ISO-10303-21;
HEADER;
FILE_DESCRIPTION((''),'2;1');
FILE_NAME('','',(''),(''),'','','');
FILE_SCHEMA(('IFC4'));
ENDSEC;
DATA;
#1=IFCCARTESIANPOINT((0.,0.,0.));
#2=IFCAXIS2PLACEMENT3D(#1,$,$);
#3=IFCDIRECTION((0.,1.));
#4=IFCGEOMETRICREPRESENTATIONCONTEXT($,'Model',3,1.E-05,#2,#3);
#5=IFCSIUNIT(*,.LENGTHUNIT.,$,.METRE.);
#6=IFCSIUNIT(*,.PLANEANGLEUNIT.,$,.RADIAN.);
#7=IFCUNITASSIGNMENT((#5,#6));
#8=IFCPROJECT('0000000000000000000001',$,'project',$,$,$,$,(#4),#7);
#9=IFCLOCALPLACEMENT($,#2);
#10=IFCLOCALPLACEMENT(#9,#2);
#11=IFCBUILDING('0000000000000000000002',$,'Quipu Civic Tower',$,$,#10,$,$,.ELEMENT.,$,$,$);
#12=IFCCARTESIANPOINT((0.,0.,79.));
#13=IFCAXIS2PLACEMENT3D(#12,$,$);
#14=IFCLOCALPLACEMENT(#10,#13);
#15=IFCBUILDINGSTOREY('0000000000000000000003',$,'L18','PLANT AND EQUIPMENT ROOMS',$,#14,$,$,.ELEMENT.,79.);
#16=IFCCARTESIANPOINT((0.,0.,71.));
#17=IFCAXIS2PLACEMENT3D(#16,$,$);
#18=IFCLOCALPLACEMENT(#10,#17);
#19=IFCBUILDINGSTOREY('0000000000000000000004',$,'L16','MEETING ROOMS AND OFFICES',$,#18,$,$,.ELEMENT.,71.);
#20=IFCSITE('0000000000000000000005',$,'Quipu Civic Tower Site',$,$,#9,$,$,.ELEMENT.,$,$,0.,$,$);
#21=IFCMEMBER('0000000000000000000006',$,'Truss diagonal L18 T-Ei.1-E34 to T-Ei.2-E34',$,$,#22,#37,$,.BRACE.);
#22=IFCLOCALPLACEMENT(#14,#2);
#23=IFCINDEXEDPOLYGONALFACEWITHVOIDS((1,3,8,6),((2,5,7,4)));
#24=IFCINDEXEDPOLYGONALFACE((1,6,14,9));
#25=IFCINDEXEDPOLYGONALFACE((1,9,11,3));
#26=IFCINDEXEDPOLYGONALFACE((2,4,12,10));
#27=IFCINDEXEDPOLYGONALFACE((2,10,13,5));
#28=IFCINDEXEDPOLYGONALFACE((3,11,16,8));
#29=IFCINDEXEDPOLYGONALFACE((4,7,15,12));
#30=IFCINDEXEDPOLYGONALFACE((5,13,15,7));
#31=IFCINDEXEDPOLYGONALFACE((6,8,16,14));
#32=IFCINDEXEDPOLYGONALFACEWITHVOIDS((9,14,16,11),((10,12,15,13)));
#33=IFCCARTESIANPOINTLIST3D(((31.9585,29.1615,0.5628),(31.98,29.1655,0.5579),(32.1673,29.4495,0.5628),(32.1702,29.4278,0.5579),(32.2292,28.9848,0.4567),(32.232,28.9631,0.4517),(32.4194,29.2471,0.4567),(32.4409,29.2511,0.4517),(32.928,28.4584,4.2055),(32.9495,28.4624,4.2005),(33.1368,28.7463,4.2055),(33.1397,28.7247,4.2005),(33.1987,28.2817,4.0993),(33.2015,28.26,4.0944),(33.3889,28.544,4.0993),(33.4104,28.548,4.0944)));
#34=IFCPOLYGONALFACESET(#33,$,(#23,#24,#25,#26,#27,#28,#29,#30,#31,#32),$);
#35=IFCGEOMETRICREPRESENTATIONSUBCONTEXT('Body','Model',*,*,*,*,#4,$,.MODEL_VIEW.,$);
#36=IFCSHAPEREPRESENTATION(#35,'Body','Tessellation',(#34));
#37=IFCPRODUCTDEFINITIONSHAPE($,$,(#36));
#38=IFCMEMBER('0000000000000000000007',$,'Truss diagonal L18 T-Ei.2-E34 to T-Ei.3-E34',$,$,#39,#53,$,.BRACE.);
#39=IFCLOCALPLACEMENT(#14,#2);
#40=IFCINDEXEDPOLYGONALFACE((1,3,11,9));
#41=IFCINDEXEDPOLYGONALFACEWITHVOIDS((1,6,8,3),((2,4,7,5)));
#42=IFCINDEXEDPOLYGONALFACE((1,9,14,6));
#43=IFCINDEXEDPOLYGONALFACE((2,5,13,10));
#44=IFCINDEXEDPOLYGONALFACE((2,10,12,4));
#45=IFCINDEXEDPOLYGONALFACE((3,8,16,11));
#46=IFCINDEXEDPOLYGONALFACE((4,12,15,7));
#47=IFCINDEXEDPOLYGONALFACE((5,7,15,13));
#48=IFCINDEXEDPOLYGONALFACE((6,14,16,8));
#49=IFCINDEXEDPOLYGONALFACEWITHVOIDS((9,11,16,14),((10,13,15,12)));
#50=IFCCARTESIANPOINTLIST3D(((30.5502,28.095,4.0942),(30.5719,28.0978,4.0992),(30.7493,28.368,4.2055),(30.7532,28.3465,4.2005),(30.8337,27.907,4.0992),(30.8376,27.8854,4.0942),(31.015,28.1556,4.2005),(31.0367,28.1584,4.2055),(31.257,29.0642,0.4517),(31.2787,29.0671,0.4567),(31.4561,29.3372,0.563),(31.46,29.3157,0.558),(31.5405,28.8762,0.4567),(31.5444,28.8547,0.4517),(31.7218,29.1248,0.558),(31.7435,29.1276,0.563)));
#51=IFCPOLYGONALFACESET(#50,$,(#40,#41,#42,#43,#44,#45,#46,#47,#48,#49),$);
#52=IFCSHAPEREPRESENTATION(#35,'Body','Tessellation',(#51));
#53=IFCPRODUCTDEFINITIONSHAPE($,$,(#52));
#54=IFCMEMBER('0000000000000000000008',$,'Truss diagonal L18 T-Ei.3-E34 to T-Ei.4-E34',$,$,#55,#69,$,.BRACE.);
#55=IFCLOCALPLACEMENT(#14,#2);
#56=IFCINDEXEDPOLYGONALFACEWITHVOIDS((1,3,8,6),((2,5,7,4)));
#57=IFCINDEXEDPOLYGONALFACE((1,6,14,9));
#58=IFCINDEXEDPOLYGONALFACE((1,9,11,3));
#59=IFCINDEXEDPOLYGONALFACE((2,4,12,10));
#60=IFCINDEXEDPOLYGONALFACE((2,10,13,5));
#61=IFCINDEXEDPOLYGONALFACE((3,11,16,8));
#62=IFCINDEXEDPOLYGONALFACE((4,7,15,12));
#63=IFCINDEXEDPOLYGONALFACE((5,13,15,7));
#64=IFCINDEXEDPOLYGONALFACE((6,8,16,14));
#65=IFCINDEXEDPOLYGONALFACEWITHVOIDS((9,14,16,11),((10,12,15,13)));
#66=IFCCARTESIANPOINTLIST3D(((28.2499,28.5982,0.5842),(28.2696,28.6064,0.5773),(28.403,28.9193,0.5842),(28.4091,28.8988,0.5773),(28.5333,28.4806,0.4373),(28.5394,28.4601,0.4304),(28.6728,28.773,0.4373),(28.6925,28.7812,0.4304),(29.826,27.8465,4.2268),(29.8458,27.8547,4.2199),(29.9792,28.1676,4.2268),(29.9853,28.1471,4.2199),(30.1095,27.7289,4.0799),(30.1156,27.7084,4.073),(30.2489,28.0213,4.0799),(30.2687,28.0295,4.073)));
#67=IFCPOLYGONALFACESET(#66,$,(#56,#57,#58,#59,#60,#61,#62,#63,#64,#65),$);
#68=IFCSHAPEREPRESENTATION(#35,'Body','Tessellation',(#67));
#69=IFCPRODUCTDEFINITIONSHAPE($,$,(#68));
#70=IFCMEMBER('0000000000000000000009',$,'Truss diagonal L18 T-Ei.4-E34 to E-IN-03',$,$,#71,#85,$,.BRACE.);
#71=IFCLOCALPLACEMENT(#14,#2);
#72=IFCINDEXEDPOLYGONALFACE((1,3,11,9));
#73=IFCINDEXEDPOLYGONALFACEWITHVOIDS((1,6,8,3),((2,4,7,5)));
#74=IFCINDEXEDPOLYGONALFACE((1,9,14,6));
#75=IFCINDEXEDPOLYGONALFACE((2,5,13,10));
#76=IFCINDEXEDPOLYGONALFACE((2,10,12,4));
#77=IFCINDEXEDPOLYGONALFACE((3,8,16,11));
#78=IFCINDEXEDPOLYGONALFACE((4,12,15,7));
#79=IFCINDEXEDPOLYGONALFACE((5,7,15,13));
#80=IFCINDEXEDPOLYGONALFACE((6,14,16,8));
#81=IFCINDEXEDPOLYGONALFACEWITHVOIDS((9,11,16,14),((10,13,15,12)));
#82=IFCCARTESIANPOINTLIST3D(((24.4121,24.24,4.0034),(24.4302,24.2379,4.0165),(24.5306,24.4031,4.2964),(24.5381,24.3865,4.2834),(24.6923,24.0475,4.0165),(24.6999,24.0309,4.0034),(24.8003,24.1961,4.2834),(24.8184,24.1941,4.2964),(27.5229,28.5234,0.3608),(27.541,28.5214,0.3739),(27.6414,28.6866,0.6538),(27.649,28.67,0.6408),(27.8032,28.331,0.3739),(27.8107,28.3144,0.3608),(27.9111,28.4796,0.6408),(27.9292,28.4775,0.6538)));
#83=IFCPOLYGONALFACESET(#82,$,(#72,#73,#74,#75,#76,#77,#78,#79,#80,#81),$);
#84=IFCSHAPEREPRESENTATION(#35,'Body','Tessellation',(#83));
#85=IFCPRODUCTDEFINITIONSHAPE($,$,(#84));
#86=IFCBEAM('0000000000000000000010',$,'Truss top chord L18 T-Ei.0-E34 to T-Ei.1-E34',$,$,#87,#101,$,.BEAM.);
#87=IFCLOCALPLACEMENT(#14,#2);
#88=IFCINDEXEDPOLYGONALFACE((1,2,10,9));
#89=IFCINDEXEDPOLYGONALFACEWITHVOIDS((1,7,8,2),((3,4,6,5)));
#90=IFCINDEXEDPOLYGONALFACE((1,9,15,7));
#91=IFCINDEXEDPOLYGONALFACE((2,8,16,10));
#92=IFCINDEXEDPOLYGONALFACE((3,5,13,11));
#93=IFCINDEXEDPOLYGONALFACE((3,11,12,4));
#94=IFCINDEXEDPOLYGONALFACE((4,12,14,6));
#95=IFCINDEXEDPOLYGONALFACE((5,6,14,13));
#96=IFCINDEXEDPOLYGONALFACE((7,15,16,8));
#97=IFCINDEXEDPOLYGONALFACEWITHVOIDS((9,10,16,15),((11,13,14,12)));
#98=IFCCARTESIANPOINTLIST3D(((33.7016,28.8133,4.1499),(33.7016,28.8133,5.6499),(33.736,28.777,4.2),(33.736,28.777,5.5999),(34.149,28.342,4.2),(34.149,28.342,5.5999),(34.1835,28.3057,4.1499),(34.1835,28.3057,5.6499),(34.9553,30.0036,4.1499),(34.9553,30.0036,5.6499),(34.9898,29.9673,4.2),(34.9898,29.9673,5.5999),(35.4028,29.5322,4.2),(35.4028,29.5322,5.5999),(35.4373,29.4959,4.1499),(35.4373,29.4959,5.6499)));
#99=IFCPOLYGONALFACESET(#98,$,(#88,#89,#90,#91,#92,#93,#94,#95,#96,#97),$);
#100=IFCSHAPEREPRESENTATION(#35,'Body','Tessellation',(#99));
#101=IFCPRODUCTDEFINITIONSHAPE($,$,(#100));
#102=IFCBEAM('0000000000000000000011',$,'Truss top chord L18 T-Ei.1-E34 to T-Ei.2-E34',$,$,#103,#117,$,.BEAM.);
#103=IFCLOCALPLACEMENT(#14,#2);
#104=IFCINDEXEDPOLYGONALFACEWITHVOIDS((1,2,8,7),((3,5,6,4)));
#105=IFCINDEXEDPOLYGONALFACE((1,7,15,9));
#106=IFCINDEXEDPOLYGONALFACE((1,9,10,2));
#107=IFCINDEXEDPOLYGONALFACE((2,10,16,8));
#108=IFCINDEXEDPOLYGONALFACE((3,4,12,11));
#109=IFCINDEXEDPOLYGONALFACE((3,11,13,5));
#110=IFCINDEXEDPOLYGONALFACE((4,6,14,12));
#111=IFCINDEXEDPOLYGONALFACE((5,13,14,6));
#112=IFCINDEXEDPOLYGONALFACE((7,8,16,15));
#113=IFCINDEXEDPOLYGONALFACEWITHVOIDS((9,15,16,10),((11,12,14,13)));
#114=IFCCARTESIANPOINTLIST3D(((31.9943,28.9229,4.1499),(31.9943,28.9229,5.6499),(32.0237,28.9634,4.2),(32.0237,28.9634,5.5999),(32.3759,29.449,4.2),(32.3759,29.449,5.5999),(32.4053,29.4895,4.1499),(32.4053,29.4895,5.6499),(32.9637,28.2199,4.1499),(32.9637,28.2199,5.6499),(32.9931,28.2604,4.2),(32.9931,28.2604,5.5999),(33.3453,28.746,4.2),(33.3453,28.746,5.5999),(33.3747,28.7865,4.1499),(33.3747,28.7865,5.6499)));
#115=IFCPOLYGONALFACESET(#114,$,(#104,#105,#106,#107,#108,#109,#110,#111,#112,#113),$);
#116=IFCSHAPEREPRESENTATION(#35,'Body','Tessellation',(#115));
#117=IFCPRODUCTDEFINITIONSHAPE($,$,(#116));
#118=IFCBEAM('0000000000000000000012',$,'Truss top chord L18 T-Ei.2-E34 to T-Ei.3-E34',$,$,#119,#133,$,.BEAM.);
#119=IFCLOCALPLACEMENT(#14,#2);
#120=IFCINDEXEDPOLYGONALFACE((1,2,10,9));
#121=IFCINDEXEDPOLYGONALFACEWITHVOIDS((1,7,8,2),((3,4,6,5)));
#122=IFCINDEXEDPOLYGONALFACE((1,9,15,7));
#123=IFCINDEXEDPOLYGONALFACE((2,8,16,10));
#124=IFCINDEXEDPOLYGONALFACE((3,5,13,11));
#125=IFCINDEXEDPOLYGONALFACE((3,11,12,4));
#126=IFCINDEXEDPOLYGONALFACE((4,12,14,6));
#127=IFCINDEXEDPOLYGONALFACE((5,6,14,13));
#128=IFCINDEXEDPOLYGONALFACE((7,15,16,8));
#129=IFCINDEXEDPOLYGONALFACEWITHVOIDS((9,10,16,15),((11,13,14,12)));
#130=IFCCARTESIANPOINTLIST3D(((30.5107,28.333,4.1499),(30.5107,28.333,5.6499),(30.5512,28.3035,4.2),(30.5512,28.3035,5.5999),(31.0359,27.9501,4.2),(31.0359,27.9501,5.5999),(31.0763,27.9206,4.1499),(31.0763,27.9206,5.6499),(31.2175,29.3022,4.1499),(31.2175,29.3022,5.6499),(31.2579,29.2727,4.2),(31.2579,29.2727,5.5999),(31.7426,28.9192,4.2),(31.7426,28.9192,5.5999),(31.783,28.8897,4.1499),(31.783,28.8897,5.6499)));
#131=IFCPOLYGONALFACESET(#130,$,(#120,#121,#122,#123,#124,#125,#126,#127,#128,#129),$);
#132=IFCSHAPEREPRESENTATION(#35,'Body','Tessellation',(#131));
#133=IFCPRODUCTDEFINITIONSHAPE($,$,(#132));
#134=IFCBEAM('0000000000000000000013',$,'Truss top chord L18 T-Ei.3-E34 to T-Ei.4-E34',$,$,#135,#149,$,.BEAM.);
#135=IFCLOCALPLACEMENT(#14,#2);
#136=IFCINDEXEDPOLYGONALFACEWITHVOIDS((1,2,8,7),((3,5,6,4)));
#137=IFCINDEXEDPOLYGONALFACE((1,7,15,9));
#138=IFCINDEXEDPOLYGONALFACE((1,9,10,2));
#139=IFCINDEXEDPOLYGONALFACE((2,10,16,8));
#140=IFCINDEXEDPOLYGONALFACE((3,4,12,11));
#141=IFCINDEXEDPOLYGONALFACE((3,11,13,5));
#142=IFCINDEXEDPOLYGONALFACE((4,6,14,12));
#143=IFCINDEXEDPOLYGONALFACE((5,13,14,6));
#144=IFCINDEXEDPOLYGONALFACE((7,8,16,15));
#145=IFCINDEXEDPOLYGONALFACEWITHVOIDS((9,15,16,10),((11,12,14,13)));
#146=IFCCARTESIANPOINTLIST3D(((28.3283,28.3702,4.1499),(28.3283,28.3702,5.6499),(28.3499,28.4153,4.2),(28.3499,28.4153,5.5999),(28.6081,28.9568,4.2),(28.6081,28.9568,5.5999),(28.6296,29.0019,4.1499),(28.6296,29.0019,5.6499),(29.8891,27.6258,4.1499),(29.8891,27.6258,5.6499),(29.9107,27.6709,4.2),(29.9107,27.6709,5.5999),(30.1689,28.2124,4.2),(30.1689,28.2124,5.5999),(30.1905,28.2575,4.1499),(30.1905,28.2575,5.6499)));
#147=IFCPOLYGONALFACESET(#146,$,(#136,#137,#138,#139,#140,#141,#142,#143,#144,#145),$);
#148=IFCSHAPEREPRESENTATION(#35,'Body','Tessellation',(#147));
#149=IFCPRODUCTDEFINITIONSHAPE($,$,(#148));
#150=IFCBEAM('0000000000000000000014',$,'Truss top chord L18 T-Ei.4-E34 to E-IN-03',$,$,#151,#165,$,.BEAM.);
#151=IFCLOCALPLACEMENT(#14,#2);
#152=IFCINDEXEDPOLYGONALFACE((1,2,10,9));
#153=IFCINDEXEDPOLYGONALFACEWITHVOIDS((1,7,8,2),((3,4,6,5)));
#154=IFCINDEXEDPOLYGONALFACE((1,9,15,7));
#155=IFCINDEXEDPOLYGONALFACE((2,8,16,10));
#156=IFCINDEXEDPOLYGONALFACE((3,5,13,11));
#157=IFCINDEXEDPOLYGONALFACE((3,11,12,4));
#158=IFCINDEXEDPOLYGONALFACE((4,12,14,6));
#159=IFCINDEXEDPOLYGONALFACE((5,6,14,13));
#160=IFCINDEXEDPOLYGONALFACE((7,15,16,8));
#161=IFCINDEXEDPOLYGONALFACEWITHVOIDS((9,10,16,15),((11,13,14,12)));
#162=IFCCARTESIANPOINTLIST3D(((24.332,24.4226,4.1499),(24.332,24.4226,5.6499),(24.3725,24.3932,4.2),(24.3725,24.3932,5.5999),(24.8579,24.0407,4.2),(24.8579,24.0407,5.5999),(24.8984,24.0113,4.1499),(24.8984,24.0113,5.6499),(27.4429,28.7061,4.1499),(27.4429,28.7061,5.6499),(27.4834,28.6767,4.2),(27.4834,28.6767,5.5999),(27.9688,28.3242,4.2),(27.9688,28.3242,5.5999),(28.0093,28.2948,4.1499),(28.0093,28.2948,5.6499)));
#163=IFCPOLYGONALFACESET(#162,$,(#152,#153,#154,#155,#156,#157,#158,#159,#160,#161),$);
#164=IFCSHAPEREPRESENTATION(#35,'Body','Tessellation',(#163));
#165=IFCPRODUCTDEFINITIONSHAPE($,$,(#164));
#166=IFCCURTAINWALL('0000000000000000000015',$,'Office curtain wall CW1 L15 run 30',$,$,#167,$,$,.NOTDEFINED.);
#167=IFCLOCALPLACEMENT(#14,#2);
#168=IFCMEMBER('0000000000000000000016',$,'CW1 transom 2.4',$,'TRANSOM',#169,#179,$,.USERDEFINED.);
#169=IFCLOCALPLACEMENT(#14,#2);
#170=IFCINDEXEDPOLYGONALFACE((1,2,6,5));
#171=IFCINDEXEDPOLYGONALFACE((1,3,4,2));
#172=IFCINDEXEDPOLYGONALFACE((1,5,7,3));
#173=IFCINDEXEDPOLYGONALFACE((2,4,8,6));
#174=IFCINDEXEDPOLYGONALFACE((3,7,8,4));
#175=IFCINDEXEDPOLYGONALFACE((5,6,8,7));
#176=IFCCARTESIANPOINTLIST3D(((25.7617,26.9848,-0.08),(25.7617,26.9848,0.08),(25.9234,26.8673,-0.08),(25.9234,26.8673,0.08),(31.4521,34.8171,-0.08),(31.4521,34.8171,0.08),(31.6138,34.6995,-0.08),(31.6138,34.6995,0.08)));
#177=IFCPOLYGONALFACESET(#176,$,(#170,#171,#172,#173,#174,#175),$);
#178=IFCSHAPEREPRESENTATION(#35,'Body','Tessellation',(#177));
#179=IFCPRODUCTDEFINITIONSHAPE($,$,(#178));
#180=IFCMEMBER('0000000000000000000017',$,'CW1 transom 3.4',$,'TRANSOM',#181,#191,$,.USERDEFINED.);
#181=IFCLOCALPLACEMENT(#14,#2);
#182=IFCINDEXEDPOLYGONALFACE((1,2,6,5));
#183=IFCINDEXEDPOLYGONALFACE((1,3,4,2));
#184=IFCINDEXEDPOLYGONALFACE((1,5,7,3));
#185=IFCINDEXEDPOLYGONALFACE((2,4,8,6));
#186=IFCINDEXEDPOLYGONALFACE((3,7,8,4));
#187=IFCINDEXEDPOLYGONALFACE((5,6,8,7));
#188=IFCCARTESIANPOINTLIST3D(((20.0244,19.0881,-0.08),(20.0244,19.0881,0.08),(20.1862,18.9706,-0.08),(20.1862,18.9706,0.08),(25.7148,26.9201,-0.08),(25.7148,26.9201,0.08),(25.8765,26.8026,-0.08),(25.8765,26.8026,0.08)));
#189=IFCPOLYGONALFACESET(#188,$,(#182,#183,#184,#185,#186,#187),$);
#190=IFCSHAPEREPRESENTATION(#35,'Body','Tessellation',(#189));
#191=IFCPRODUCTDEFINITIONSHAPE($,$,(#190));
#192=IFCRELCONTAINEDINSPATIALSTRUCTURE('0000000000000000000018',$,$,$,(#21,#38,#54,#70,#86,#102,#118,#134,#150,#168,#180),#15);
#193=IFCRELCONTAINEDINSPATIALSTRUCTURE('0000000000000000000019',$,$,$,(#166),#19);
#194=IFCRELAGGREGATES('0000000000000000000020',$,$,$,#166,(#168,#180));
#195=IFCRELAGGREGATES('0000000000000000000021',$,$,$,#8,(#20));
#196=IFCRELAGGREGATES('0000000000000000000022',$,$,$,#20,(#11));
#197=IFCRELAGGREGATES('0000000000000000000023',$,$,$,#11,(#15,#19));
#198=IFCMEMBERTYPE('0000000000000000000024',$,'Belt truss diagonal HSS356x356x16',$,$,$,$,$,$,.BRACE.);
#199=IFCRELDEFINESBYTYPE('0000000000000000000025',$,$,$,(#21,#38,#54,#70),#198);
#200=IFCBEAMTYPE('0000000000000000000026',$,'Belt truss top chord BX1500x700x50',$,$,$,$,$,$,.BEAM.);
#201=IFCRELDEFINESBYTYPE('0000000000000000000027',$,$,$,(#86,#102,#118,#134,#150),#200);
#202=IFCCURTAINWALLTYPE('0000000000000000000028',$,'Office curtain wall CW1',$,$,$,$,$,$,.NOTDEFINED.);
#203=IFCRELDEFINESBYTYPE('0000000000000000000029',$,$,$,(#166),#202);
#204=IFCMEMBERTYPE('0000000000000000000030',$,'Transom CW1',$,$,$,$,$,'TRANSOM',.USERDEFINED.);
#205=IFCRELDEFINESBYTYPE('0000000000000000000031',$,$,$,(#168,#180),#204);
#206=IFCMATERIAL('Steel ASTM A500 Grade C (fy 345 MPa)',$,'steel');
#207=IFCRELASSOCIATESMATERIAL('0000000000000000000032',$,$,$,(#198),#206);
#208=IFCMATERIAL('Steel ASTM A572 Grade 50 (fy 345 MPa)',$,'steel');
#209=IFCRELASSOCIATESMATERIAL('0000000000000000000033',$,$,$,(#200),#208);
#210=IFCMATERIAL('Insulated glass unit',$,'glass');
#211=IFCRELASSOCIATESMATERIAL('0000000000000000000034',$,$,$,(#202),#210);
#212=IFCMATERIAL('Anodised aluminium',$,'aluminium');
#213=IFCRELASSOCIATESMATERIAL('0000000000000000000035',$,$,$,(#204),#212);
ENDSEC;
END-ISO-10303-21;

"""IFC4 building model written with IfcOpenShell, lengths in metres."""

from ifc_helpers import new_model, si_unit, direction, frame, origin, origin_2d, place, context, subcontext, project, spatial, rectangle, hollow_rectangle, extrude, material, material_profile, profile_set, type_object, element, aggregate, save


model = new_model("IFC4")

# Units and contexts
model_context = context("Model", 3, precision=1e-05, world=origin(), true_north=direction((0.0, 1.0)))
body_context = subcontext(model_context, "Body", "Model", "MODEL_VIEW")
ifc_project = project(units=[si_unit("LENGTHUNIT", "METRE"), si_unit("PLANEANGLEUNIT", "RADIAN")], contexts=[model_context])

# Site, building, storey
site_placement = place(None, origin())
site = spatial("IfcSite", under=ifc_project, at=site_placement, Name="Quipu Civic Tower Site", CompositionType="ELEMENT", RefElevation=0.0)
building_placement = place(site_placement, origin())
building = spatial("IfcBuilding", under=site, at=building_placement, Name="Quipu Civic Tower", CompositionType="ELEMENT")
storey_1_placement = place(building_placement, frame((0.0, 0.0, 79.0)))
storey_1 = spatial("IfcBuildingStorey", under=building, at=storey_1_placement, Name="L18", Description="PLANT AND EQUIPMENT ROOMS", CompositionType="ELEMENT", Elevation=79.0)

# Members
ifc_material_1 = material(Name="Steel ASTM A500 Grade C (fy 345 MPa)", Category="steel")
ifc_material_profile_1 = material_profile(ifc_material_1, hollow_rectangle(XDim=0.3557, YDim=0.3557, WallThickness=0.0159, at=origin_2d()), Name="HSS356x356x16")
ifc_profile_set_1 = profile_set([ifc_material_profile_1], Name="Steel ASTM A500 Grade C (fy 345 MPa)")
member_type_1 = type_object("IfcMemberType", Name="Belt truss diagonal HSS356x356x16", PredefinedType="BRACE", material=ifc_profile_set_1)
member_1_placement = place(storey_1_placement, frame((33.1692, 28.5032, 4.1499), z_axis=(-0.252838, 0.183373, -0.949972), x_axis=(-0.587105, -0.809511, 0.0)))
element("IfcMember", 1, at=member_1_placement, inside=storey_1, type_object=member_type_1, Name="Truss diagonal L18 T-Ei.1-E34 to T-Ei.2-E34", PredefinedType="BRACE", context=body_context, shape_type="SweptSolid", body=[
    extrude(hollow_rectangle(XDim=0.3557, YDim=0.3557, WallThickness=0.0159, at=origin_2d()), origin(), (0.0, 0.0, 1.0), 3.8345),
])
member_2_placement = place(storey_1_placement, frame((31.5002, 29.0959, 0.5073), z_axis=(-0.184298, -0.252734, 0.949821), x_axis=(0.807987, -0.5892, 0.0)))
element("IfcMember", 2, at=member_2_placement, inside=storey_1, type_object=member_type_1, Name="Truss diagonal L18 T-Ei.2-E34 to T-Ei.3-E34", PredefinedType="BRACE", context=body_context, shape_type="SweptSolid", body=[
    extrude(hollow_rectangle(XDim=0.3557, YDim=0.3557, WallThickness=0.0159, at=origin_2d()), origin(), (0.0, 0.0, 1.0), 3.835),
])
member_3_placement = place(storey_1_placement, frame((30.0474, 27.938, 4.1499), z_axis=(-0.390187, 0.186088, -0.901734), x_axis=(-0.430471, -0.902605, 0.0)))
element("IfcMember", 3, at=member_3_placement, inside=storey_1, type_object=member_type_1, Name="Truss diagonal L18 T-Ei.3-E34 to T-Ei.4-E34", PredefinedType="BRACE", context=body_context, shape_type="SweptSolid", body=[
    extrude(hollow_rectangle(XDim=0.3557, YDim=0.3557, WallThickness=0.0159, at=origin_2d()), origin(), (0.0, 0.0, 1.0), 4.0396),
])
member_4_placement = place(storey_1_placement, frame((27.7261, 28.5005, 0.5073), z_axis=(-0.484101, -0.666579, 0.566849), x_axis=(0.809131, -0.587629, 0.0)))
element("IfcMember", 4, at=member_4_placement, inside=storey_1, type_object=member_type_1, Name="Truss diagonal L18 T-Ei.4-E34 to E-IN-03", PredefinedType="BRACE", context=body_context, shape_type="SweptSolid", body=[
    extrude(hollow_rectangle(XDim=0.3557, YDim=0.3557, WallThickness=0.0159, at=origin_2d()), origin(), (0.0, 0.0, 1.0), 6.426),
])

# Beams
ifc_material_2 = material(Name="Steel ASTM A572 Grade 50 (fy 345 MPa)", Category="steel")
ifc_material_profile_2 = material_profile(ifc_material_2, hollow_rectangle(XDim=0.7, YDim=1.5, WallThickness=0.05, at=origin_2d()), Name="BX1500x700x50")
ifc_profile_set_2 = profile_set([ifc_material_profile_2], Name="Steel ASTM A572 Grade 50 (fy 345 MPa)")
beam_type_1 = type_object("IfcBeamType", Name="Belt truss top chord BX1500x700x50", PredefinedType="BEAM", material=ifc_profile_set_2)
beam_1_placement = place(storey_1_placement, frame((35.1963, 29.7498, 4.8999), z_axis=(-0.725229, -0.688508, 0.0), x_axis=(0.688508, -0.725229, 0.0)))
element("IfcBeam", 5, at=beam_1_placement, inside=storey_1, type_object=beam_type_1, Name="Truss top chord L18 T-Ei.0-E34 to T-Ei.1-E34", PredefinedType="BEAM", context=body_context, shape_type="SweptSolid", body=[
    extrude(hollow_rectangle(XDim=0.7, YDim=1.5, WallThickness=0.05, at=origin_2d()), origin(), (0.0, 0.0, 1.0), 1.7288),
])
beam_2_placement = place(storey_1_placement, frame((33.1692, 28.5032, 4.8999), z_axis=(-0.809511, 0.587105, 0.0), x_axis=(-0.587105, -0.809511, 0.0)))
element("IfcBeam", 6, at=beam_2_placement, inside=storey_1, type_object=beam_type_1, Name="Truss top chord L18 T-Ei.1-E34 to T-Ei.2-E34", PredefinedType="BEAM", context=body_context, shape_type="SweptSolid", body=[
    extrude(hollow_rectangle(XDim=0.7, YDim=1.5, WallThickness=0.05, at=origin_2d()), origin(), (0.0, 0.0, 1.0), 1.1975),
])
beam_3_placement = place(storey_1_placement, frame((31.5002, 29.0959, 4.8999), z_axis=(-0.5892, -0.807987, 0.0), x_axis=(0.807987, -0.5892, 0.0)))
element("IfcBeam", 7, at=beam_3_placement, inside=storey_1, type_object=beam_type_1, Name="Truss top chord L18 T-Ei.2-E34 to T-Ei.3-E34", PredefinedType="BEAM", context=body_context, shape_type="SweptSolid", body=[
    extrude(hollow_rectangle(XDim=0.7, YDim=1.5, WallThickness=0.05, at=origin_2d()), origin(), (0.0, 0.0, 1.0), 1.1995),
])
beam_4_placement = place(storey_1_placement, frame((30.0398, 27.9417, 4.8999), z_axis=(-0.902602, 0.430476, 0.0), x_axis=(-0.430476, -0.902602, 0.0)))
element("IfcBeam", 8, at=beam_4_placement, inside=storey_1, type_object=beam_type_1, Name="Truss top chord L18 T-Ei.3-E34 to T-Ei.4-E34", PredefinedType="BEAM", context=body_context, shape_type="SweptSolid", body=[
    extrude(hollow_rectangle(XDim=0.7, YDim=1.5, WallThickness=0.05, at=origin_2d()), origin(), (0.0, 0.0, 1.0), 1.7292),
])
beam_5_placement = place(storey_1_placement, frame((27.7261, 28.5005, 4.8999), z_axis=(-0.587629, -0.809131, 0.0), x_axis=(0.809131, -0.587629, 0.0)))
element("IfcBeam", 9, at=beam_5_placement, inside=storey_1, type_object=beam_type_1, Name="Truss top chord L18 T-Ei.4-E34 to E-IN-03", PredefinedType="BEAM", context=body_context, shape_type="SweptSolid", body=[
    extrude(hollow_rectangle(XDim=0.7, YDim=1.5, WallThickness=0.05, at=origin_2d()), origin(), (0.0, 0.0, 1.0), 5.2939),
])

# Shared definitions
storey_2_placement = place(building_placement, frame((0.0, 0.0, 71.0)))
storey_2 = spatial("IfcBuildingStorey", under=building, at=storey_2_placement, Name="L16", Description="MEETING ROOMS AND OFFICES", CompositionType="ELEMENT", Elevation=71.0)

# Curtain wall, members
ifc_material_3 = material(Name="Insulated glass unit", Category="glass")
curtain_wall_type = type_object("IfcCurtainWallType", Name="Office curtain wall CW1", PredefinedType="NOTDEFINED", material=ifc_material_3)
curtain_wall_placement = place(storey_2_placement, origin())
curtain_wall = element("IfcCurtainWall", 10, at=curtain_wall_placement, inside=storey_2, type_object=curtain_wall_type, Name="Office curtain wall CW1 L15 run 30", PredefinedType="NOTDEFINED")
ifc_material_4 = material(Name="Anodised aluminium", Category="aluminium")
ifc_material_profile_3 = material_profile(ifc_material_4, rectangle(XDim=0.2, YDim=0.1599, at=origin_2d()), Name="RECT 200x160")
ifc_profile_set_3 = profile_set([ifc_material_profile_3], Name="Anodised aluminium")
member_type_2 = type_object("IfcMemberType", Name="Transom CW1", ElementType="TRANSOM", PredefinedType="USERDEFINED", material=ifc_profile_set_3)
member_5_placement = place(storey_1_placement, frame((31.533, 34.7583, 0.0), z_axis=(-0.587782, -0.80902, 0.0), x_axis=(0.80902, -0.587782, 0.0)))
member_5 = element("IfcMember", 11, at=member_5_placement, inside=storey_1, type_object=member_type_2, Name="CW1 transom 2.4", ObjectType="TRANSOM", PredefinedType="USERDEFINED", context=body_context, shape_type="SweptSolid", body=[
    extrude(rectangle(XDim=0.2, YDim=0.1599, at=origin_2d()), origin(), (0.0, 0.0, 1.0), 9.6812),
])
member_6_placement = place(storey_1_placement, frame((25.7957, 26.8613, 0.0), z_axis=(-0.587794, -0.809011, 0.0), x_axis=(0.809011, -0.587794, 0.0)))
member_6 = element("IfcMember", 12, at=member_6_placement, inside=storey_1, type_object=member_type_2, Name="CW1 transom 3.4", ObjectType="TRANSOM", PredefinedType="USERDEFINED", context=body_context, shape_type="SweptSolid", body=[
    extrude(rectangle(XDim=0.2, YDim=0.1599, at=origin_2d()), origin(), (0.0, 0.0, 1.0), 9.6809),
])
aggregate(curtain_wall, [member_5, member_6])

save(model, "model.ifc")
